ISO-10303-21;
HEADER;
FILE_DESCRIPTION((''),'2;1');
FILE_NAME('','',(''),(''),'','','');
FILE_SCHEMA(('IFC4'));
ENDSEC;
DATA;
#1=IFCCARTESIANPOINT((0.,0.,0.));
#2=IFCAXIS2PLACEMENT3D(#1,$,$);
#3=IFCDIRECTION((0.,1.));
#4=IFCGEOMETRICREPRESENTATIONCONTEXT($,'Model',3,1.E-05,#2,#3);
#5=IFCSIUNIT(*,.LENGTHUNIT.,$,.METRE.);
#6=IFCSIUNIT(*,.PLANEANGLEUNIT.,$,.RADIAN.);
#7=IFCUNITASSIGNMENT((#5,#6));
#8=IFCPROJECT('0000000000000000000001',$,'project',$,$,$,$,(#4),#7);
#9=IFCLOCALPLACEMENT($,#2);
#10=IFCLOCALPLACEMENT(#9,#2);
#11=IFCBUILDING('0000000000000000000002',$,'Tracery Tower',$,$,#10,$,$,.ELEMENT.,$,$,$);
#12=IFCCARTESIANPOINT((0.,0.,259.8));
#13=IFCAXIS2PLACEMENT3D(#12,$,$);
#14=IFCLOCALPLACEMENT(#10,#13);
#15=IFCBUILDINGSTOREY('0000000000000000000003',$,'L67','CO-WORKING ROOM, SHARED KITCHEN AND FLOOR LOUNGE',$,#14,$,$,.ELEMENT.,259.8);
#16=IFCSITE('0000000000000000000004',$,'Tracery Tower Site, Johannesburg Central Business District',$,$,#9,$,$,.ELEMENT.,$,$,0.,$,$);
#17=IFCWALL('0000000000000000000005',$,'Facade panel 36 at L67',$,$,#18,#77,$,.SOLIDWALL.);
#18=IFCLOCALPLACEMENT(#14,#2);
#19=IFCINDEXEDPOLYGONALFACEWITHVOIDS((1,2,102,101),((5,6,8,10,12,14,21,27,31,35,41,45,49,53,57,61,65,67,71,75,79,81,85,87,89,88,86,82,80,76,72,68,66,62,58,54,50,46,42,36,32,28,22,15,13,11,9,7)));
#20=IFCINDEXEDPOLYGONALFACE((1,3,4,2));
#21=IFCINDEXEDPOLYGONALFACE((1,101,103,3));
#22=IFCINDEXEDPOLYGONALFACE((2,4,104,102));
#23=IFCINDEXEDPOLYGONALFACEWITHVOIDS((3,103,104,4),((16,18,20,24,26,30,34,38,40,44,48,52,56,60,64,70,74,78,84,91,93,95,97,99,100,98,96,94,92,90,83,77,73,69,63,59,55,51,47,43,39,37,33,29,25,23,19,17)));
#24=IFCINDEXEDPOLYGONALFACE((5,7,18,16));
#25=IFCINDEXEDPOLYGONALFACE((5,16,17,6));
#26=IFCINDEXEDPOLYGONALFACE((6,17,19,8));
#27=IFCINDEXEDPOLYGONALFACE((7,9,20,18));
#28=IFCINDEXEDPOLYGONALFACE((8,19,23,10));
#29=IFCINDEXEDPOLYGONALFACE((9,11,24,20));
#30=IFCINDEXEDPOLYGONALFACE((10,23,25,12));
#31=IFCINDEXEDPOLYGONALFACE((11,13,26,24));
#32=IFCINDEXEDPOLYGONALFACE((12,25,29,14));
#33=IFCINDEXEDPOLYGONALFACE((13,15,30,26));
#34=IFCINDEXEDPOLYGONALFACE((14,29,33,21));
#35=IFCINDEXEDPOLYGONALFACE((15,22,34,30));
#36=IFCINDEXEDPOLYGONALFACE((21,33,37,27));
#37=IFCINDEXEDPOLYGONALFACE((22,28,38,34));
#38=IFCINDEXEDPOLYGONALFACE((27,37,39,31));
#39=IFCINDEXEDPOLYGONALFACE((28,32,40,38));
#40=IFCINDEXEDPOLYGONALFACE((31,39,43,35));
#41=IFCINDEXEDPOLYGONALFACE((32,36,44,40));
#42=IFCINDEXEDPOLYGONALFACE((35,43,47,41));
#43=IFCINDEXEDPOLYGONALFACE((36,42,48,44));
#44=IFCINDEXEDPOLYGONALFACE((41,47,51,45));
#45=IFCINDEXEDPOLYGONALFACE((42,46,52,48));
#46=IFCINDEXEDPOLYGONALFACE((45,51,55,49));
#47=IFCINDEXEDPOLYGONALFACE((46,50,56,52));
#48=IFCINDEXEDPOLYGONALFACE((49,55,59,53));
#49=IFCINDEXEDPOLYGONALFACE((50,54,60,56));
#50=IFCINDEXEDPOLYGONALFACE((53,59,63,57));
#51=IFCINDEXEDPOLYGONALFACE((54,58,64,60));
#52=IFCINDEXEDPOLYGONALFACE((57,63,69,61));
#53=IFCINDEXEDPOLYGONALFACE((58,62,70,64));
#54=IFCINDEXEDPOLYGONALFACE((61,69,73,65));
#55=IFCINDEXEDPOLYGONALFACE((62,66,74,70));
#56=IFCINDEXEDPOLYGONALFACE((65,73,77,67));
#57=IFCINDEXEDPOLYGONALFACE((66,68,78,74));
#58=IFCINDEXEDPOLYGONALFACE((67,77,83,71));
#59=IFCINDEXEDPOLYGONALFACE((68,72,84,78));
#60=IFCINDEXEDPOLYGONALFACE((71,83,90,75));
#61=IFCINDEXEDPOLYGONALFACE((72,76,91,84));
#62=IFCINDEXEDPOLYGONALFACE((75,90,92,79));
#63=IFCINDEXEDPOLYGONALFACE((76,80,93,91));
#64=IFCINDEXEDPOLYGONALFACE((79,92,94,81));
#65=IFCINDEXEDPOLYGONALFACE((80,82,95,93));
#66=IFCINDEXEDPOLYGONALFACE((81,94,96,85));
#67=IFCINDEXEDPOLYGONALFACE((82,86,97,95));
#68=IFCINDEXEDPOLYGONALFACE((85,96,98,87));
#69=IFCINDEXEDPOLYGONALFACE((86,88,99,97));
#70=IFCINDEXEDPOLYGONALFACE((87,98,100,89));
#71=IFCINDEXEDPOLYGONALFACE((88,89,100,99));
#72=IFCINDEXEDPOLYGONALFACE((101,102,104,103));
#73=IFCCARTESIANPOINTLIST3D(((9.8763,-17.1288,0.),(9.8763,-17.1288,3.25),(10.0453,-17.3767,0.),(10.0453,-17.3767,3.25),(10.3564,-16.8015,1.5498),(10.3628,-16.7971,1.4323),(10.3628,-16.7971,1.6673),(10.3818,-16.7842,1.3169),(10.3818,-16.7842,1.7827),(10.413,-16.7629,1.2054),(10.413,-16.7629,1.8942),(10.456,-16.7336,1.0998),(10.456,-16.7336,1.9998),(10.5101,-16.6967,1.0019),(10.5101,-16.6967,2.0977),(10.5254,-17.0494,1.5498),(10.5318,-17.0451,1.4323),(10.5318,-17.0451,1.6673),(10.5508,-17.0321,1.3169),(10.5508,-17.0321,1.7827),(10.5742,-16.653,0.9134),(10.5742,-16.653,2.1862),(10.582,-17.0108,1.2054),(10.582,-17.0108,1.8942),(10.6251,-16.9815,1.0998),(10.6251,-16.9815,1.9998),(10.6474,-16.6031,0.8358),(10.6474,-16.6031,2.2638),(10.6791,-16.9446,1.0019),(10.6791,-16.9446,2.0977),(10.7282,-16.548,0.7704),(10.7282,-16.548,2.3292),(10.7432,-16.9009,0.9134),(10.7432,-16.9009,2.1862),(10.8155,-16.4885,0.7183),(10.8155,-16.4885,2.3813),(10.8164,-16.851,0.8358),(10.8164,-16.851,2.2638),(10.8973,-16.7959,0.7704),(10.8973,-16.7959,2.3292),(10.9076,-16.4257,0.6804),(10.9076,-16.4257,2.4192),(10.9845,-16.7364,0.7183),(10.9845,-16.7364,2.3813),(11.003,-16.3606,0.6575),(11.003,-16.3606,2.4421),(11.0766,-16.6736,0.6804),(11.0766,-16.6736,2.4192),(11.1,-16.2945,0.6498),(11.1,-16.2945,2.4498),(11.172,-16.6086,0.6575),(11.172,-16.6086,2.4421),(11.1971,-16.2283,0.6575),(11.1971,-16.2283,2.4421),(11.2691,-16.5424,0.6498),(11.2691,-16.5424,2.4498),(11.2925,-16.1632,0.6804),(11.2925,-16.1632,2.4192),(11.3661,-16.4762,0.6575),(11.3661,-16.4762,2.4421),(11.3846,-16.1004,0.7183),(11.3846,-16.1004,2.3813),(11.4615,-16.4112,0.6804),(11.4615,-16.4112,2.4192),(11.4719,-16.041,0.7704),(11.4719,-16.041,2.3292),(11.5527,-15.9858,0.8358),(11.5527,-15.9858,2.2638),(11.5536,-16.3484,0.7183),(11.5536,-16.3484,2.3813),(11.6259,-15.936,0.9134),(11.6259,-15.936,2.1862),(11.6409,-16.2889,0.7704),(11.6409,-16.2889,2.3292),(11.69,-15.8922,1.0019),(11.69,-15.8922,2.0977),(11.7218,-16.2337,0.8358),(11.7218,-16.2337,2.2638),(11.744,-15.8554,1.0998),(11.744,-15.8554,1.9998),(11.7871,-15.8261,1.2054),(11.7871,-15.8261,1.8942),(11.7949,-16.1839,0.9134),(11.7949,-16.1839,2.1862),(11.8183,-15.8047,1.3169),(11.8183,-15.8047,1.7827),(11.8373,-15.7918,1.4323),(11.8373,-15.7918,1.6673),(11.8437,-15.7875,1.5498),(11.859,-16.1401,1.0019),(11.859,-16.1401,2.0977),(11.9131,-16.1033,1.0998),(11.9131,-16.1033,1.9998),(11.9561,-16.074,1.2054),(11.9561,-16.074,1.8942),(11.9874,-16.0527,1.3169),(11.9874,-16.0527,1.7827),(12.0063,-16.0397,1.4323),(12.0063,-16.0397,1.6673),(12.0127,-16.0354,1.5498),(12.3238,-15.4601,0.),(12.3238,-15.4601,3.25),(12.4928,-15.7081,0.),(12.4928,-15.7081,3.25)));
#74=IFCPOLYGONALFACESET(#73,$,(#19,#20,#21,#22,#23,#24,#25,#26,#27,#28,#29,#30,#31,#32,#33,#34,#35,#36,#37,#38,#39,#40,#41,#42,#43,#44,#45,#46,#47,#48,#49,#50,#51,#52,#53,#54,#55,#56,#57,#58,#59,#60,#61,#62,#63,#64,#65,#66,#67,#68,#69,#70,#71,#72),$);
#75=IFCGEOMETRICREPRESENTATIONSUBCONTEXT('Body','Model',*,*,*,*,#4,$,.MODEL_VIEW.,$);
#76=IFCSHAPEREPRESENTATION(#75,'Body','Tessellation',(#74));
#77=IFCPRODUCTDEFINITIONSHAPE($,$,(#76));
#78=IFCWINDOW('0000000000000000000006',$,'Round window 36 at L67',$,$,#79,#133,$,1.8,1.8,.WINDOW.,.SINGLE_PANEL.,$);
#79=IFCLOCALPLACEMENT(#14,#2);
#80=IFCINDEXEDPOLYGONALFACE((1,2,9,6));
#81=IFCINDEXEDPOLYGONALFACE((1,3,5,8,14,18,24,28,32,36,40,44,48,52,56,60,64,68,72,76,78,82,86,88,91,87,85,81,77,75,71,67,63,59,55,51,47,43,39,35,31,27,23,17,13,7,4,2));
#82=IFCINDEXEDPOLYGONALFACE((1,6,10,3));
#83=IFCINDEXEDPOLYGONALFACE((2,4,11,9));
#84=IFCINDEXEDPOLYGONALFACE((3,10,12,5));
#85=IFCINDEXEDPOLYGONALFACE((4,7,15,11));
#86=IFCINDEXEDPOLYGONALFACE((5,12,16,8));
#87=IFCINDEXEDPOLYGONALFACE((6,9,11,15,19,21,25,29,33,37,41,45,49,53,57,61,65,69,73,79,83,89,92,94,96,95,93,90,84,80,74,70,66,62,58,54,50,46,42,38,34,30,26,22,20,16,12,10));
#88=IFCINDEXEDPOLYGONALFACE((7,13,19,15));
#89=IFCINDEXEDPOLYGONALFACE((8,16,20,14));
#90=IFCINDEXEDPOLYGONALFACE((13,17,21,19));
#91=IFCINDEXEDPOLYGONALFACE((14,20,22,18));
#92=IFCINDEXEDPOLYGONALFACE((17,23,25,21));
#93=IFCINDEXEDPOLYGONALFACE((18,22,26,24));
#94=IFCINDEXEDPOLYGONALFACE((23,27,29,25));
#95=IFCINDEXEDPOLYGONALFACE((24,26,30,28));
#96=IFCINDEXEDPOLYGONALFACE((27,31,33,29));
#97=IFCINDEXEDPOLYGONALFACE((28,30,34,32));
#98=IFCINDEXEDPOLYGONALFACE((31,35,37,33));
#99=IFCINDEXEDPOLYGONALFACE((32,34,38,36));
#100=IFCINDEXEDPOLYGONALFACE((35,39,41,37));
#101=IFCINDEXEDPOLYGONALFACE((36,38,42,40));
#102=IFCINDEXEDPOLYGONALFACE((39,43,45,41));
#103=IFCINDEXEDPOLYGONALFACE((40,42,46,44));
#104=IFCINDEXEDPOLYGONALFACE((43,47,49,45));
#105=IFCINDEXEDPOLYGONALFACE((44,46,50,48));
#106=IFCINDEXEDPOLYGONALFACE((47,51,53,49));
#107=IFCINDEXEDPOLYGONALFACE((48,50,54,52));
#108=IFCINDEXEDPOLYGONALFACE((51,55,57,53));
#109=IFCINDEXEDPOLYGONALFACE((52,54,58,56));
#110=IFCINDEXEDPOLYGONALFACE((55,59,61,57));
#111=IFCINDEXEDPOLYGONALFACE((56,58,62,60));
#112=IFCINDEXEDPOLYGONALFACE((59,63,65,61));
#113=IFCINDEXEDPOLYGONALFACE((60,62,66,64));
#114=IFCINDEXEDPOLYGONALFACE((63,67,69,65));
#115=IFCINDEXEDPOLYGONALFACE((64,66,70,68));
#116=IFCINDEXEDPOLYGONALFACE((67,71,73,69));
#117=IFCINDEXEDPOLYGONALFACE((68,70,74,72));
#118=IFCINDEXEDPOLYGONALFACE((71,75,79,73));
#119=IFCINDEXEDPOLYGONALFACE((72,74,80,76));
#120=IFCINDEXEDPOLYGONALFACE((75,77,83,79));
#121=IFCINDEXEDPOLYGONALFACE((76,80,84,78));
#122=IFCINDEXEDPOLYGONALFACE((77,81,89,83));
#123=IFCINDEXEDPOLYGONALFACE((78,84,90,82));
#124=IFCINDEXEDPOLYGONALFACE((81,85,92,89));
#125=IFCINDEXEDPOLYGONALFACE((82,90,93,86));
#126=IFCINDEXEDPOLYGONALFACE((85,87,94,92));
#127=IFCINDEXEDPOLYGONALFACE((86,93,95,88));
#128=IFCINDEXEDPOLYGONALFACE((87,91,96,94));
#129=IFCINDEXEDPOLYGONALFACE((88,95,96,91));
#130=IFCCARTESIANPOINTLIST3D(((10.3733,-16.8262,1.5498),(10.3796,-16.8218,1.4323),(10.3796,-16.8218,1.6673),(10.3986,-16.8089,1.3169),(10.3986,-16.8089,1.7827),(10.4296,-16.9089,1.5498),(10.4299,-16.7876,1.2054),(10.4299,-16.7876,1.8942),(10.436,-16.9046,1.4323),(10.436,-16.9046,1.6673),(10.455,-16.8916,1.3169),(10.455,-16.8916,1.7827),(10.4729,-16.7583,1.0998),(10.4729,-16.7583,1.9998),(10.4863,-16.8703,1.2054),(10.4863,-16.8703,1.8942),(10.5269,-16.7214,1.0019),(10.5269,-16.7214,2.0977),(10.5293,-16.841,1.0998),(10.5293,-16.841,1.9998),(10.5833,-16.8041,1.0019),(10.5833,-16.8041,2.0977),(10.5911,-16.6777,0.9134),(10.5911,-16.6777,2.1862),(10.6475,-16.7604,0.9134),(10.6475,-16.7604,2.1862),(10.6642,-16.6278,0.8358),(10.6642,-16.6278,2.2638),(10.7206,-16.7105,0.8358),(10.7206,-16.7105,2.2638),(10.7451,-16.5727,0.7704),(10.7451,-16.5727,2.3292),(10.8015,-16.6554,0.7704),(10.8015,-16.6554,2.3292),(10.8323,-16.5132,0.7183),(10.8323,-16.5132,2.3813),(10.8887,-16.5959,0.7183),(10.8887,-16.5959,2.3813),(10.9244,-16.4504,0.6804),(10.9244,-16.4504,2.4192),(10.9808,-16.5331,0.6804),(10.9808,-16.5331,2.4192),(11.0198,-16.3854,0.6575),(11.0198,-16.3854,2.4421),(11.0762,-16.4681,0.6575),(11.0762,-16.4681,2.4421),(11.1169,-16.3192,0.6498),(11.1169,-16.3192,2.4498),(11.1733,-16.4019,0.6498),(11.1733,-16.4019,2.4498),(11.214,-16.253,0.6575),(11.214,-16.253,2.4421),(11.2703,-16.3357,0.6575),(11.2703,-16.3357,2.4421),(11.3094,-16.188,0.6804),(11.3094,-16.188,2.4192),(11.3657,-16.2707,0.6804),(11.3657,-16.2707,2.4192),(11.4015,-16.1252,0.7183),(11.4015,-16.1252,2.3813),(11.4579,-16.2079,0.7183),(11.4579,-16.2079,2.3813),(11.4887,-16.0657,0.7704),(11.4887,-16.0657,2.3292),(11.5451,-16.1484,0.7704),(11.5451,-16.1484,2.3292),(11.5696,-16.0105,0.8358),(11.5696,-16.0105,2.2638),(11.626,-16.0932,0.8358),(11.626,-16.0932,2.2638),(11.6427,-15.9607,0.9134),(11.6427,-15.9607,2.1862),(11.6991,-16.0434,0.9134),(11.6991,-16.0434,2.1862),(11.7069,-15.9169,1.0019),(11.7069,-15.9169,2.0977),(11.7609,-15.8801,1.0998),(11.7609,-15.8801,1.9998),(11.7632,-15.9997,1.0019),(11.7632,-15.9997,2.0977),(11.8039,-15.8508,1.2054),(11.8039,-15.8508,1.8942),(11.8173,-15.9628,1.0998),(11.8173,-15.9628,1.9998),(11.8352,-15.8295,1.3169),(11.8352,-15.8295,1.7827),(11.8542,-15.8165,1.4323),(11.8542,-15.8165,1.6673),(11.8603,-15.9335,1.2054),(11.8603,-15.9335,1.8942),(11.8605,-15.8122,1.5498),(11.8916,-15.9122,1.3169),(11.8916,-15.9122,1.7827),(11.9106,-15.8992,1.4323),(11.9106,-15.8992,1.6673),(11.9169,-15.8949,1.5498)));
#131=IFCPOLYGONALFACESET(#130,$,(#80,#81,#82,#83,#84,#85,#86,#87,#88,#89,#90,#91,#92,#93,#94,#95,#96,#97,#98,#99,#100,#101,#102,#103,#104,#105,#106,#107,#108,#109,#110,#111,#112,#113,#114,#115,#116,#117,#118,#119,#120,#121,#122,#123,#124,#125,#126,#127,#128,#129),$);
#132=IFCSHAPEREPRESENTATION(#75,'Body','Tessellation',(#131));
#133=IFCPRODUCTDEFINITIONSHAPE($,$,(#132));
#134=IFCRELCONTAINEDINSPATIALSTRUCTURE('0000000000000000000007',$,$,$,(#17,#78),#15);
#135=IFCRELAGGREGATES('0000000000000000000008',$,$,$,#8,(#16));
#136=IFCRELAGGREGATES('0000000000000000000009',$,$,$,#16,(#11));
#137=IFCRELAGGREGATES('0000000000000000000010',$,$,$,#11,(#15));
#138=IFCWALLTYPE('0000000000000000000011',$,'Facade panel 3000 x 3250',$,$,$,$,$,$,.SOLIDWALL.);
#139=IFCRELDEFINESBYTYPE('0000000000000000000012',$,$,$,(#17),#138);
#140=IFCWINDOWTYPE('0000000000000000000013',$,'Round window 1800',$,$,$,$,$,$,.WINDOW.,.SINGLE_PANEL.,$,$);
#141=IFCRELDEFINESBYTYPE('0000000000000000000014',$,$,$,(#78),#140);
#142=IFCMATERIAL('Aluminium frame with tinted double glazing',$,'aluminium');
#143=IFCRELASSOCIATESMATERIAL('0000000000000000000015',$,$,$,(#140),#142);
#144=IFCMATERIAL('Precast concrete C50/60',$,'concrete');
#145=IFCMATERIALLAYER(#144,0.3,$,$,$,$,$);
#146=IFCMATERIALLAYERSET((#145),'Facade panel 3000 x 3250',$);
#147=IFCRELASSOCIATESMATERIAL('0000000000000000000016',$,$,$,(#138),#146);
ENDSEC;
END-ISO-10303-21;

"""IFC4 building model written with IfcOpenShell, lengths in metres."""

from ifc_helpers import new_model, si_unit, direction, frame, frame_2d, origin, origin_2d, place, context, subcontext, project, spatial, rectangle, circle, extrude, material, layer, layer_set, type_object, element, fill, save


model = new_model("IFC4")

# Units and contexts
model_context = context("Model", 3, precision=1e-05, world=origin(), true_north=direction((0.0, 1.0)))
body_context = subcontext(model_context, "Body", "Model", "MODEL_VIEW")
ifc_project = project(units=[si_unit("LENGTHUNIT", "METRE"), si_unit("PLANEANGLEUNIT", "RADIAN")], contexts=[model_context])

# Site, building, storey
site_placement = place(None, origin())
site = spatial("IfcSite", under=ifc_project, at=site_placement, Name="Tracery Tower Site, Johannesburg Central Business District", CompositionType="ELEMENT", RefElevation=0.0)
building_placement = place(site_placement, origin())
building = spatial("IfcBuilding", under=site, at=building_placement, Name="Tracery Tower", CompositionType="ELEMENT")
storey_placement = place(building_placement, frame((0.0, 0.0, 259.8)))
storey = spatial("IfcBuildingStorey", under=building, at=storey_placement, Name="L67", Description="CO-WORKING ROOM, SHARED KITCHEN AND FLOOR LOUNGE", CompositionType="ELEMENT", Elevation=259.8)

# Wall, opening, window
ifc_material_1 = material(Name="Aluminium frame with tinted double glazing", Category="aluminium")
window_type = type_object("IfcWindowType", Name="Round window 1800", PartitioningType="SINGLE_PANEL", PredefinedType="WINDOW", material=ifc_material_1)
ifc_material_2 = material(Name="Precast concrete C50/60", Category="concrete")
ifc_layer_1 = layer(ifc_material_2, 0.3)
ifc_layer_set_1 = layer_set([ifc_layer_1], Name="Facade panel 3000 x 3250")
wall_type_1 = type_object("IfcWallType", Name="Facade panel 3000 x 3250", PredefinedType="SOLIDWALL", material=ifc_layer_set_1)
wall_1_placement = place(storey_placement, frame((9.9609, -17.2527, 0.0), z_axis=(0.0, 0.0, 1.0), x_axis=(0.826236, 0.563324, 0.0)))
wall_1 = element("IfcWall", 1, at=wall_1_placement, inside=storey, type_object=wall_type_1, Name="Facade panel 36 at L67", PredefinedType="SOLIDWALL", context=body_context, shape_type="SweptSolid", body=[
    extrude(rectangle(XDim=2.9622, YDim=0.3, at=frame_2d((1.481, 0.0))), origin(), (0.0, 0.0, 1.0), 3.25),
])
opening_1_placement = place(wall_1_placement, frame((1.481, 0.0, 1.5498)))
opening_1 = element("IfcOpeningElement", 2, at=opening_1_placement, cuts=wall_1, PredefinedType="OPENING", context=body_context, shape_type="SweptSolid", body=[
    extrude(circle(Radius=0.9, at=origin_2d()), frame((0.0, 0.1599, 0.0), z_axis=(0.0, -1.0, 0.0), x_axis=(1.0, 0.0, 0.0)), (0.0, 0.0, 1.0), 0.3201),
])
window_1_placement = place(opening_1_placement, origin())
window_1 = element("IfcWindow", 3, at=window_1_placement, inside=storey, type_object=window_type, Name="Round window 36 at L67", OverallHeight=1.8, OverallWidth=1.8, PartitioningType="SINGLE_PANEL", PredefinedType="WINDOW", context=body_context, shape_type="SweptSolid", body=[
    extrude(circle(Radius=0.9, at=origin_2d()), frame((0.0, 0.1201, 0.0), z_axis=(0.0, -1.0, 0.0), x_axis=(1.0, 0.0, 0.0)), (0.0, 0.0, 1.0), 0.1001),
])
fill(opening_1, window_1)

save(model, "model.ifc")
